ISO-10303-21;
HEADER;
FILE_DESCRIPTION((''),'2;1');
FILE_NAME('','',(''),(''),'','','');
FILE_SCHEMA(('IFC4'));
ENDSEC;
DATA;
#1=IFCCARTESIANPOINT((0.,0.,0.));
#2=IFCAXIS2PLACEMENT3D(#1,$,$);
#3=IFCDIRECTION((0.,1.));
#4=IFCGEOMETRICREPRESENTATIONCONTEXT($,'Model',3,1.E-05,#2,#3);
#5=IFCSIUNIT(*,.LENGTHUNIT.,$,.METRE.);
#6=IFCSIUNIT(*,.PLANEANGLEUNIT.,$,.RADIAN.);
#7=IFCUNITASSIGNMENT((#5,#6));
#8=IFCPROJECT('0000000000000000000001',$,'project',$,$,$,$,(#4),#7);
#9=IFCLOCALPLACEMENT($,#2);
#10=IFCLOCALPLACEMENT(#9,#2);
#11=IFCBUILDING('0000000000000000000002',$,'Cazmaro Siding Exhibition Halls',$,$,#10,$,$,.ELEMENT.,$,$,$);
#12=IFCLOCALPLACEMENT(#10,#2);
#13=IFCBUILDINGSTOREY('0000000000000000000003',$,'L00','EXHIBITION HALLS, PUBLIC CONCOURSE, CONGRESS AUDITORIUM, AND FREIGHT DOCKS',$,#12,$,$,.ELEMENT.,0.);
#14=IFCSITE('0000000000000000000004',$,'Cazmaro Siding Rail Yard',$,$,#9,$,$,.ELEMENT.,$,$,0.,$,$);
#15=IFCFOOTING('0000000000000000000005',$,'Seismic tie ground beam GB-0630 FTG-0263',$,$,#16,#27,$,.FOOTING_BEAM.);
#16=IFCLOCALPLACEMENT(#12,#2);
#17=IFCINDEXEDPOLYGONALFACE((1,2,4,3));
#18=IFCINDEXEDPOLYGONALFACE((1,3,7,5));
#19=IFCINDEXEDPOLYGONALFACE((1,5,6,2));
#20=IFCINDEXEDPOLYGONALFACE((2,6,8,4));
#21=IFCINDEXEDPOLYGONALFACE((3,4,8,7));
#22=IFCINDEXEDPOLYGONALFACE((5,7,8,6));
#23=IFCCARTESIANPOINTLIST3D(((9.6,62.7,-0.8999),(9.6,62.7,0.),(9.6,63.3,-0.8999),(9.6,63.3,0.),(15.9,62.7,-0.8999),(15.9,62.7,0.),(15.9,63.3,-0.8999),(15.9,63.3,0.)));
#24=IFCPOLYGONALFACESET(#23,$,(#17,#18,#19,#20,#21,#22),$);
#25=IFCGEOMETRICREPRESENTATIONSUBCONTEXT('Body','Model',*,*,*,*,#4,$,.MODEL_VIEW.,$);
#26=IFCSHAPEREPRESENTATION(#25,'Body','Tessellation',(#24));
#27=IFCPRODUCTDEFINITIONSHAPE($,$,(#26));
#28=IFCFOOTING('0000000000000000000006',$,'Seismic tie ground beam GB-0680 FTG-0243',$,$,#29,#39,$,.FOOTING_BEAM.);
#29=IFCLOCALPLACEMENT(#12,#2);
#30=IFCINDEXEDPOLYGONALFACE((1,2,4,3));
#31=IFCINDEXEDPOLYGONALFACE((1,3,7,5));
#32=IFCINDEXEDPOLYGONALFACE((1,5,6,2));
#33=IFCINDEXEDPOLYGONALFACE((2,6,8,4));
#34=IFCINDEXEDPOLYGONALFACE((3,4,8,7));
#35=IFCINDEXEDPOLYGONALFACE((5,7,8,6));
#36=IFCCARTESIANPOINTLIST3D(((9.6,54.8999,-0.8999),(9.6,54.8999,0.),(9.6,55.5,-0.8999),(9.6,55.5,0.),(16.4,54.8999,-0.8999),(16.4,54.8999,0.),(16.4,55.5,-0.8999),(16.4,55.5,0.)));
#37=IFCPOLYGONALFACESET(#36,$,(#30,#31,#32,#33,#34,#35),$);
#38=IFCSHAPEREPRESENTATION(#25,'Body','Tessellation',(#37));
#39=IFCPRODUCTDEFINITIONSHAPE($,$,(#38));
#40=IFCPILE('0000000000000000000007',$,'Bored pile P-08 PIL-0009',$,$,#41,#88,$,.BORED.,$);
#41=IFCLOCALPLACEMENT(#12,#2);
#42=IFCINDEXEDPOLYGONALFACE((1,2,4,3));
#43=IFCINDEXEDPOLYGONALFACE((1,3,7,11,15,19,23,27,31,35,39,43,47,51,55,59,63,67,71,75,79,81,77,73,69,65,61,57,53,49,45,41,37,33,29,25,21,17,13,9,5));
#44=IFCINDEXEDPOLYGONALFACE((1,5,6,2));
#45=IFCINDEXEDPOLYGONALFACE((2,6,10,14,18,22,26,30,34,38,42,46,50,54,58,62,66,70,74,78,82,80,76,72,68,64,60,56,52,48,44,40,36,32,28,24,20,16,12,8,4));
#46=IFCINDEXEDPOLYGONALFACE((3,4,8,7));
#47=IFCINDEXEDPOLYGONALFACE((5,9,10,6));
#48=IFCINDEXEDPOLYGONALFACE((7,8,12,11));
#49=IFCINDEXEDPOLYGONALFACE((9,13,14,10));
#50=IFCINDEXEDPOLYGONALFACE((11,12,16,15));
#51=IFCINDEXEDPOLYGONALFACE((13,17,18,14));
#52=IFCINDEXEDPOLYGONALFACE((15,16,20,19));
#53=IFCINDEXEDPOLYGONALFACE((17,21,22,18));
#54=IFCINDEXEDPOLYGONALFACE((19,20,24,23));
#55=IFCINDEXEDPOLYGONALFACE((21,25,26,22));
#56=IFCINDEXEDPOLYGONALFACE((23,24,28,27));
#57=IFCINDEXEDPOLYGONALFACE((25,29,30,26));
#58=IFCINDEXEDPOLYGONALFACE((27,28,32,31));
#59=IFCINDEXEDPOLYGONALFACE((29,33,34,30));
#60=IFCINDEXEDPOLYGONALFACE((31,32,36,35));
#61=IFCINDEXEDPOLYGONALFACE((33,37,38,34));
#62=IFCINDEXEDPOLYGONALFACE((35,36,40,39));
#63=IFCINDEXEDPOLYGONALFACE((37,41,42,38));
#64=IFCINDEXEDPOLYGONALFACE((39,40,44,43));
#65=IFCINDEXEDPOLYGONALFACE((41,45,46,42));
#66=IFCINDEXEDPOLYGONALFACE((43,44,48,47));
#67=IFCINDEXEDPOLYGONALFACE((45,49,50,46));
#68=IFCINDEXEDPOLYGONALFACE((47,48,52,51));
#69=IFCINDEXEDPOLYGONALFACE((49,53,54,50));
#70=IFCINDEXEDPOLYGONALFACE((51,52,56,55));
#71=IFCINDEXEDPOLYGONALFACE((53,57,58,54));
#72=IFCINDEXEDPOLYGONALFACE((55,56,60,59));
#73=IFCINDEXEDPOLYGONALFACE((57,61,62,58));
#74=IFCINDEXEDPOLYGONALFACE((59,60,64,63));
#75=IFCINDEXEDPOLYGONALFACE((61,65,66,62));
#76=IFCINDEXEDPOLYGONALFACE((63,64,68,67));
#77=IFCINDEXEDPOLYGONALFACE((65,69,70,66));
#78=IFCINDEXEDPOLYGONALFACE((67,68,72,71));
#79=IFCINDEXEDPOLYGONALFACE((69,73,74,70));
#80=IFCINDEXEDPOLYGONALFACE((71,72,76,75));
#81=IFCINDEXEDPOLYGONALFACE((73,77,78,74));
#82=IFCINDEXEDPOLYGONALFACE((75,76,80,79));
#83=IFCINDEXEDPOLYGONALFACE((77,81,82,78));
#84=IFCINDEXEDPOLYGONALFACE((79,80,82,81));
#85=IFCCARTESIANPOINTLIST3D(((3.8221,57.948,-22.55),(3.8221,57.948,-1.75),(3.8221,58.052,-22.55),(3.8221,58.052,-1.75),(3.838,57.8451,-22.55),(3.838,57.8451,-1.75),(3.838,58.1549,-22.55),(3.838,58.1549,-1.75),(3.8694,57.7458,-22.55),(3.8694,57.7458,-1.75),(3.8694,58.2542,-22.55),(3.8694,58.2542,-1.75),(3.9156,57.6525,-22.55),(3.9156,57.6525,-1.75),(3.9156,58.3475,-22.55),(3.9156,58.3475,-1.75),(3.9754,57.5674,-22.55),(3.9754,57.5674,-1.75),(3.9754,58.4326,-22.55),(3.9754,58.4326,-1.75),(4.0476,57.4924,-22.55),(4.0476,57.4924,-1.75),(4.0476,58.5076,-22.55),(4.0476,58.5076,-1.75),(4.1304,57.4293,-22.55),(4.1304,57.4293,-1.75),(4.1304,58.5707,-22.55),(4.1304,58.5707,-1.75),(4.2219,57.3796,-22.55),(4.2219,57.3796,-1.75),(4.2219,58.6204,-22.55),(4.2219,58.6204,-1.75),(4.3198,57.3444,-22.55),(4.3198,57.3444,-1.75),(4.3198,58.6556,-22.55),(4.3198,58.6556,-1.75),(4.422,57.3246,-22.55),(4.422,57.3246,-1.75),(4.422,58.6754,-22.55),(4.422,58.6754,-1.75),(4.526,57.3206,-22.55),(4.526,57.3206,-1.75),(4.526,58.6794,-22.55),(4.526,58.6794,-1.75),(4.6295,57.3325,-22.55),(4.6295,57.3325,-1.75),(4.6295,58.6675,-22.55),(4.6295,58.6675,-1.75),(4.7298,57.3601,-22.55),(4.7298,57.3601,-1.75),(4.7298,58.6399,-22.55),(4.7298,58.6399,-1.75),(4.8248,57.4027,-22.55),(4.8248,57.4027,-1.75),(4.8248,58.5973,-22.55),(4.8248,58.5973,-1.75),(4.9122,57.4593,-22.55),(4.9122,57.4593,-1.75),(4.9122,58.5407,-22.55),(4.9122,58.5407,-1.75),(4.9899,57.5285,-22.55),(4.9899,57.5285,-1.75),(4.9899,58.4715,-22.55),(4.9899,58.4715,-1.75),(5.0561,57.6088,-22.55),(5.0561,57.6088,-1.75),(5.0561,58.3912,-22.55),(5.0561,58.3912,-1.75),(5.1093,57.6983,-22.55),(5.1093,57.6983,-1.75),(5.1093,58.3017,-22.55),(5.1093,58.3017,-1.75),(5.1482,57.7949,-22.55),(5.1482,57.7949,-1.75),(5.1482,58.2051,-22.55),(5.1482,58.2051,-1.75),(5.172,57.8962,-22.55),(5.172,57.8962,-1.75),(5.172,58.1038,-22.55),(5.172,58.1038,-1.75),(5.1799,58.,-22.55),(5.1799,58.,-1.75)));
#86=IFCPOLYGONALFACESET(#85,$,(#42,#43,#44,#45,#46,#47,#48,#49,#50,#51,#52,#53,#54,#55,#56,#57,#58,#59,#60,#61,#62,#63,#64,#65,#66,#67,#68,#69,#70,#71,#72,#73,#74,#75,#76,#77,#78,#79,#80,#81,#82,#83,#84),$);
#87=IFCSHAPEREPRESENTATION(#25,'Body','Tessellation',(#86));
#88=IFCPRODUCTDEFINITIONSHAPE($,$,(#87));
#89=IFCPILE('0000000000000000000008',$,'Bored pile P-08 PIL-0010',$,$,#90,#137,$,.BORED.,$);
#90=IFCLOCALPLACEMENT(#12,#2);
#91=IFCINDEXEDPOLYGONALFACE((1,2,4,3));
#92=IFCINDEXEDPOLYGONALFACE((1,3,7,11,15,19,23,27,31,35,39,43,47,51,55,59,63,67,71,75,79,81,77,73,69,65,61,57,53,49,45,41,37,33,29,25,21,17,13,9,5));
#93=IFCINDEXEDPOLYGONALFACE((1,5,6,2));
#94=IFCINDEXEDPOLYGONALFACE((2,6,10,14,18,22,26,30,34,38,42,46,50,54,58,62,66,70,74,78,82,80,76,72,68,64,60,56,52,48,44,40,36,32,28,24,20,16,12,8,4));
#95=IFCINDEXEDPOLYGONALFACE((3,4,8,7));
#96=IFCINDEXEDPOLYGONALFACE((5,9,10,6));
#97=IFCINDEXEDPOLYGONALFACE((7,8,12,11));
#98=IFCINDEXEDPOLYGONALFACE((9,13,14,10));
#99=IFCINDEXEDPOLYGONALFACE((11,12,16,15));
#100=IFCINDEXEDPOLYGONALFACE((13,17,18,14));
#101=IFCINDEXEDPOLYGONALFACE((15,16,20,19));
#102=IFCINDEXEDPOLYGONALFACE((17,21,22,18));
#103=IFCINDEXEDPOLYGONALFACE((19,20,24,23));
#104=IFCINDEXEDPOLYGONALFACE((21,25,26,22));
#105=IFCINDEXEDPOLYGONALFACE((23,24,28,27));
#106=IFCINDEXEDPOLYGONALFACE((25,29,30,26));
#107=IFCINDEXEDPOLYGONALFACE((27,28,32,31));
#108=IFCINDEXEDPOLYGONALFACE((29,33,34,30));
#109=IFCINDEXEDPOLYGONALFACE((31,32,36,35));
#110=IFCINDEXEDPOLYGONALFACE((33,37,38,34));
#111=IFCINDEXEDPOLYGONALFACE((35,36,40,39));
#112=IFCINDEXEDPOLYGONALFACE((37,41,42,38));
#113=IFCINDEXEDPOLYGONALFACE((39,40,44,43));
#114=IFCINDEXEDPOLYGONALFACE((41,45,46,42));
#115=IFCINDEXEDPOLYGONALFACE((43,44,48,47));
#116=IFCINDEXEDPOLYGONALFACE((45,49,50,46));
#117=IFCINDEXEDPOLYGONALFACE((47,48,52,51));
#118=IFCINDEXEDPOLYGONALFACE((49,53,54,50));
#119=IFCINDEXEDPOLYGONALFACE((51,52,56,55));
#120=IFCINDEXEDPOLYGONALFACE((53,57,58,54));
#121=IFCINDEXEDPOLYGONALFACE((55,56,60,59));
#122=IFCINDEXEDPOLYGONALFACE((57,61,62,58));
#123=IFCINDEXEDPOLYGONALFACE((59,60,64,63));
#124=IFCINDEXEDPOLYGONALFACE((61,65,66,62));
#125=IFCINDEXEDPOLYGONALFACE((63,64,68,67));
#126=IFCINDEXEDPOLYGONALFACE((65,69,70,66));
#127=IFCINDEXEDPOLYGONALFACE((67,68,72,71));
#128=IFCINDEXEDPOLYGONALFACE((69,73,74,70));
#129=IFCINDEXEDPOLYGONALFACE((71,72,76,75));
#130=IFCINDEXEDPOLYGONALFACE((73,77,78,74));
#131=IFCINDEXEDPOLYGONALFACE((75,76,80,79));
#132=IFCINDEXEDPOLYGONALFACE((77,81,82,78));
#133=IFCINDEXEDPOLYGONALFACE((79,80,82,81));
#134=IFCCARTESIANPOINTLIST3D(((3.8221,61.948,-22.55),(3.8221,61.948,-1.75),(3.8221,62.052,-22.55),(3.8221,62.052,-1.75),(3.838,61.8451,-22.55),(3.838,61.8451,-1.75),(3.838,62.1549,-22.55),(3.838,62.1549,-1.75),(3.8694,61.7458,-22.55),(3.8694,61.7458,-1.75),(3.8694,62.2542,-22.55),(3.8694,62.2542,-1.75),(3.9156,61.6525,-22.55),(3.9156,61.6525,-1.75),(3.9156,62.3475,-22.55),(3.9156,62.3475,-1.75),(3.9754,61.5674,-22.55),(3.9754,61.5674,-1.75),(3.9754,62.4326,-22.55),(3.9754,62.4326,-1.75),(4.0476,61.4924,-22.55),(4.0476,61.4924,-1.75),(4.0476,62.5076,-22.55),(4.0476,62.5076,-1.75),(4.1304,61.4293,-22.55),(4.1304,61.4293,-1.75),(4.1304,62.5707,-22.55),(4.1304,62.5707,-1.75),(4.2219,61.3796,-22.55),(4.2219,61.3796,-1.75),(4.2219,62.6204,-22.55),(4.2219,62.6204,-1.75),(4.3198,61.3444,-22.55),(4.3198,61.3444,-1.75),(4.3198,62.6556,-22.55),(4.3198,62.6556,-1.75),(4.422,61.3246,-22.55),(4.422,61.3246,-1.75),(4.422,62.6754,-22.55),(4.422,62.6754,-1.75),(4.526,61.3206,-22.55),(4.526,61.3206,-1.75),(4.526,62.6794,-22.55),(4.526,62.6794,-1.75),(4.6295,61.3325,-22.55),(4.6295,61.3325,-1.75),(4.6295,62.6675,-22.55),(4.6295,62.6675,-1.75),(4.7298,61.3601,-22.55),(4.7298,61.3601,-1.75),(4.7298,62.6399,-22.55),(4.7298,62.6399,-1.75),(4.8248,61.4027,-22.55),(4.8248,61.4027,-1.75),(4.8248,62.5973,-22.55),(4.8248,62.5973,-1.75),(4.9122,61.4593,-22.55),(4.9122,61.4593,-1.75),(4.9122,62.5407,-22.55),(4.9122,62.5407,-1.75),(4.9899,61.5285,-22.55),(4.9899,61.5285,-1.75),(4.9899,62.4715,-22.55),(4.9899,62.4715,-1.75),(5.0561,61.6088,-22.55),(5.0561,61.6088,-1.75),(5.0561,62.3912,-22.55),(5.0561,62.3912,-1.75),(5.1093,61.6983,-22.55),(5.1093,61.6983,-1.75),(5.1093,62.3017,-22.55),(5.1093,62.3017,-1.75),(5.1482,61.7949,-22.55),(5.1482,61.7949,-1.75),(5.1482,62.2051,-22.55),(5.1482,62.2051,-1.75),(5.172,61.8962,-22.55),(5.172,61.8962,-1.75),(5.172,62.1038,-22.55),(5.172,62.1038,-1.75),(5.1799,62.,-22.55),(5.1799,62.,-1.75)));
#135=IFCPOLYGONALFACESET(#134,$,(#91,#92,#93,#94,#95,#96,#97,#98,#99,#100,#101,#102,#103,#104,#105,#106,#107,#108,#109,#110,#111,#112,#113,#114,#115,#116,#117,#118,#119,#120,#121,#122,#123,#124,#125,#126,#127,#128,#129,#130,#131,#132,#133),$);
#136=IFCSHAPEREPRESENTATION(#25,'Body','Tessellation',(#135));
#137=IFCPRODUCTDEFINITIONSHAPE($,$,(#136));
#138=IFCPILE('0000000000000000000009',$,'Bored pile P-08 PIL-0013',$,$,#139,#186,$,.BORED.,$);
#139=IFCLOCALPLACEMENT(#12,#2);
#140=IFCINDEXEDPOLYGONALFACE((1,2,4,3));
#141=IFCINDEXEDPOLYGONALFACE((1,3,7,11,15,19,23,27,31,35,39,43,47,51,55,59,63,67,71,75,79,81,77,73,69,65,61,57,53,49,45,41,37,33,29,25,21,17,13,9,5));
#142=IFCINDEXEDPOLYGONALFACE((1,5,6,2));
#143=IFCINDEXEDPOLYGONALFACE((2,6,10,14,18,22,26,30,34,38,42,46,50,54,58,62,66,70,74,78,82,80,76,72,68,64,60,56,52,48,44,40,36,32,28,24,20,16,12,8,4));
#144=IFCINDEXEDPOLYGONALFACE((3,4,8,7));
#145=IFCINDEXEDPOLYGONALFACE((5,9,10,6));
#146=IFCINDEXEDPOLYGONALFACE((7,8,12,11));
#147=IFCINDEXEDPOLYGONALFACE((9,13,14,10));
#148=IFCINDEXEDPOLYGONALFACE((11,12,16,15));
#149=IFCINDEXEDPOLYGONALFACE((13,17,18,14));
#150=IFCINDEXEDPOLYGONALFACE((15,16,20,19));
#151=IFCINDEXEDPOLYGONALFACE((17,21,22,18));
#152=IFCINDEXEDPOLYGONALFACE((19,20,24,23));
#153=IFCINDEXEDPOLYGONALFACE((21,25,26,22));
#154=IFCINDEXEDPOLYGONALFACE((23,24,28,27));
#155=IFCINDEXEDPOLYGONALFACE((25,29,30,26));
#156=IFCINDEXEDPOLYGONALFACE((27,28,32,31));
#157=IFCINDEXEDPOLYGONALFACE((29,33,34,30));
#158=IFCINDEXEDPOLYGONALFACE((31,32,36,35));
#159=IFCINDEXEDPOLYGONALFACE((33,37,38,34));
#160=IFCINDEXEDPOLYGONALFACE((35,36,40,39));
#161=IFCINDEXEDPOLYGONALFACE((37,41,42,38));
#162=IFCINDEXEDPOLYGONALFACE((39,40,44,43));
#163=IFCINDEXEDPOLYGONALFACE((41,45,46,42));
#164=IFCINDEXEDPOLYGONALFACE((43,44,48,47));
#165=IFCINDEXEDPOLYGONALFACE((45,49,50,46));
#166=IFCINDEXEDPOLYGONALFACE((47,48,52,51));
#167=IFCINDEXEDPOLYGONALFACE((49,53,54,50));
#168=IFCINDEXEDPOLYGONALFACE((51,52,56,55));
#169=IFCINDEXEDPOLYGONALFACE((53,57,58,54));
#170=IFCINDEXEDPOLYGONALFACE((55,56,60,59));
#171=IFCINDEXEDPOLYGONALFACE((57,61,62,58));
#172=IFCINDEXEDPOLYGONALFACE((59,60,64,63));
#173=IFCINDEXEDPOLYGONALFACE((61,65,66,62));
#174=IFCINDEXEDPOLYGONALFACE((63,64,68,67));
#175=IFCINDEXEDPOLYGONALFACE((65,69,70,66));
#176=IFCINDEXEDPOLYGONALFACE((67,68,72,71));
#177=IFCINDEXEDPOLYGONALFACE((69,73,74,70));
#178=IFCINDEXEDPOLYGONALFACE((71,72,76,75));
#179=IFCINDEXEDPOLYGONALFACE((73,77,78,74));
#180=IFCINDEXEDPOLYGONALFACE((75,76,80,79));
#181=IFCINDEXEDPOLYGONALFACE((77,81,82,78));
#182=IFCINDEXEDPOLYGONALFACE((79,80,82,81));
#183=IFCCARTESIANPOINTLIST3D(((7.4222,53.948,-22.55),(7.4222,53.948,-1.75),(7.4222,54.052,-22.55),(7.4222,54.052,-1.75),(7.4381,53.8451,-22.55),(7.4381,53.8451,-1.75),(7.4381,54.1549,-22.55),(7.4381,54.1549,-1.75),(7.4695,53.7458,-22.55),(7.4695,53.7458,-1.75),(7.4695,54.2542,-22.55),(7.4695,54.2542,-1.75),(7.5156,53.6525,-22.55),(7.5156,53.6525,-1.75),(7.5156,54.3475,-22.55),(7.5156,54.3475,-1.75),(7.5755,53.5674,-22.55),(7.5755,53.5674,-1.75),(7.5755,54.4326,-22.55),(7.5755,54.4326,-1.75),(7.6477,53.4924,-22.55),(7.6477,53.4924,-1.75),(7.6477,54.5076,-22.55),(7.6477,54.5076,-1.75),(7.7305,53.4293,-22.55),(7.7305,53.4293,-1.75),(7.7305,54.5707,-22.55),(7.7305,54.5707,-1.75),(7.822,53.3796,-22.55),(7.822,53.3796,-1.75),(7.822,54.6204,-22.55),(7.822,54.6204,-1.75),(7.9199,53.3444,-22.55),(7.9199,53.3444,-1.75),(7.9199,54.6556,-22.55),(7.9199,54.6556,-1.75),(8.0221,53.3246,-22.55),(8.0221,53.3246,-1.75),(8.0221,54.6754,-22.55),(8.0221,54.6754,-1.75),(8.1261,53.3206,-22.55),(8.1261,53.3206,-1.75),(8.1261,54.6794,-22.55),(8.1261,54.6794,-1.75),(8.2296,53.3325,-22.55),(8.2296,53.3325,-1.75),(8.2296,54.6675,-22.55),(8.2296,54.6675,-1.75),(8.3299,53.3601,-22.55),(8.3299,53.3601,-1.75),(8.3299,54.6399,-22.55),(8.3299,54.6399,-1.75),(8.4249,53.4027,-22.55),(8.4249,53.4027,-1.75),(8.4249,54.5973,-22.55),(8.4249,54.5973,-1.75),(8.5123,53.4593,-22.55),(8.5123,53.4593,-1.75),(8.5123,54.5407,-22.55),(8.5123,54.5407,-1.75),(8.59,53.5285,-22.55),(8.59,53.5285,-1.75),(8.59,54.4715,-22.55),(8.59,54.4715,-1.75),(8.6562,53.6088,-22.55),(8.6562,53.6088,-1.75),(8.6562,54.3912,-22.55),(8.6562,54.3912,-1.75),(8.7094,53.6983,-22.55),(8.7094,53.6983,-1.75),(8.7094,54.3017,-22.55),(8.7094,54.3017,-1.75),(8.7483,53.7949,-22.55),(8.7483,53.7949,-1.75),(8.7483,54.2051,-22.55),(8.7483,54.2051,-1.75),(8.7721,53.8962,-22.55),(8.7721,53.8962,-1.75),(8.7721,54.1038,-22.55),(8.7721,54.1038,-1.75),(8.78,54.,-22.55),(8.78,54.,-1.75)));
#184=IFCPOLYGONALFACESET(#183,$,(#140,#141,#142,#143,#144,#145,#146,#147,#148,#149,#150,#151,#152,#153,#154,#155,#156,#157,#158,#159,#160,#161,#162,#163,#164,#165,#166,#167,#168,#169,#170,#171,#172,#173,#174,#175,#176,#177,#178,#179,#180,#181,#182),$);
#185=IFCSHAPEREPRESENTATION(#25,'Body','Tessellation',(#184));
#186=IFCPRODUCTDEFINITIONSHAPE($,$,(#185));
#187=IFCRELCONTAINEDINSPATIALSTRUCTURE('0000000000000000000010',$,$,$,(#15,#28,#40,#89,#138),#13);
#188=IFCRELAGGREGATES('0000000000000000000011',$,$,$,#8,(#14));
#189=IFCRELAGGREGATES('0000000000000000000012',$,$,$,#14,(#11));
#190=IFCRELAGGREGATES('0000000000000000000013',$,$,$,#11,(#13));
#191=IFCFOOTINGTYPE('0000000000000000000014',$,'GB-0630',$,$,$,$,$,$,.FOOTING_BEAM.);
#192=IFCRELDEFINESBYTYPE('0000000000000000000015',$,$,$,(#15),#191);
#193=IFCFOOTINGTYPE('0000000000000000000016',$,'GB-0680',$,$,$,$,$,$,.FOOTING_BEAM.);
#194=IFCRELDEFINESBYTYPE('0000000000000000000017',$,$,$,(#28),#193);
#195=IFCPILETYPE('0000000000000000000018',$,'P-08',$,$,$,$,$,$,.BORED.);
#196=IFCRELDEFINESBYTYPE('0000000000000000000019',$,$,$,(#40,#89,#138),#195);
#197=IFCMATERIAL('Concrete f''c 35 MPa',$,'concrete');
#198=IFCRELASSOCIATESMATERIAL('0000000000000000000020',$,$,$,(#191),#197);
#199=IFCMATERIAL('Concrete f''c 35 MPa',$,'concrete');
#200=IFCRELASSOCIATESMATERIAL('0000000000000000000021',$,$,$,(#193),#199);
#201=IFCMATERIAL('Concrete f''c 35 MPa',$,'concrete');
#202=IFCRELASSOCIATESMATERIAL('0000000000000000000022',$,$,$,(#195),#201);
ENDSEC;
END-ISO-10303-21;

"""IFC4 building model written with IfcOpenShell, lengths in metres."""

from ifc_helpers import new_model, si_unit, direction, frame, origin, origin_2d, place, context, subcontext, project, spatial, rectangle, circle, extrude, material, material_profile, profile_set, type_object, element, save


model = new_model("IFC4")

# Units and contexts
model_context = context("Model", 3, precision=1e-05, world=origin(), true_north=direction((0.0, 1.0)))
body_context = subcontext(model_context, "Body", "Model", "MODEL_VIEW")
ifc_project = project(units=[si_unit("LENGTHUNIT", "METRE"), si_unit("PLANEANGLEUNIT", "RADIAN")], contexts=[model_context])

# Site, building, storey
site_placement = place(None, origin())
site = spatial("IfcSite", under=ifc_project, at=site_placement, Name="Cazmaro Siding Rail Yard", CompositionType="ELEMENT", RefElevation=0.0)
building_placement = place(site_placement, origin())
building = spatial("IfcBuilding", under=site, at=building_placement, Name="Cazmaro Siding Exhibition Halls", CompositionType="ELEMENT")
storey_placement = place(building_placement, origin())
storey = spatial("IfcBuildingStorey", under=building, at=storey_placement, Name="L00", Description="EXHIBITION HALLS, PUBLIC CONCOURSE, CONGRESS AUDITORIUM, AND FREIGHT DOCKS", CompositionType="ELEMENT", Elevation=0.0)

# Footings
ifc_material_1 = material(Name="Concrete f'c 35 MPa", Category="concrete")
footing_type_1 = type_object("IfcFootingType", Name="GB-0630", PredefinedType="FOOTING_BEAM", material=ifc_material_1)
footing_1_placement = place(storey_placement, frame((12.75, 63.0, -0.8999), z_axis=(0.0, 0.0, 1.0), x_axis=(1.0, 0.0, 0.0)))
element("IfcFooting", 1, at=footing_1_placement, inside=storey, type_object=footing_type_1, Name="Seismic tie ground beam GB-0630 FTG-0263", PredefinedType="FOOTING_BEAM", context=body_context, shape_type="SweptSolid", body=[
    extrude(rectangle(XDim=6.3, YDim=0.6001, at=origin_2d()), origin(), (0.0, 0.0, 1.0), 0.8999),
])
ifc_material_2 = material(Name="Concrete f'c 35 MPa", Category="concrete")
footing_type_2 = type_object("IfcFootingType", Name="GB-0680", PredefinedType="FOOTING_BEAM", material=ifc_material_2)
footing_2_placement = place(storey_placement, frame((13.0, 55.2, -0.8999), z_axis=(0.0, 0.0, 1.0), x_axis=(1.0, 0.0, 0.0)))
element("IfcFooting", 2, at=footing_2_placement, inside=storey, type_object=footing_type_2, Name="Seismic tie ground beam GB-0680 FTG-0243", PredefinedType="FOOTING_BEAM", context=body_context, shape_type="SweptSolid", body=[
    extrude(rectangle(XDim=6.8, YDim=0.6001, at=origin_2d()), origin(), (0.0, 0.0, 1.0), 0.8999),
])

# Piles
ifc_material_3 = material(Name="Concrete f'c 35 MPa", Category="concrete")
ifc_material_profile_1 = material_profile(ifc_material_3, circle(Radius=0.6799, at=origin_2d()), Name="CIDH-1360")
ifc_profile_set_1 = profile_set([ifc_material_profile_1], Name="Concrete f'c 35 MPa")
pile_type = type_object("IfcPileType", Name="P-08", PredefinedType="BORED", material=ifc_profile_set_1)
for number, where, z_axis, x_axis, name in (
    (3, (4.5, 58.0, -1.75), (0.0, 0.0, -1.0), (1.0, 0.0, 0.0), "Bored pile P-08 PIL-0009"),
    (4, (4.5, 62.0, -1.75), (0.0, 0.0, -1.0), (1.0, 0.0, 0.0), "Bored pile P-08 PIL-0010"),
    (5, (8.1001, 54.0, -1.75), (0.0, 0.0, -1.0), (1.0, 0.0, 0.0), "Bored pile P-08 PIL-0013"),
):
    element("IfcPile", number, at=place(storey_placement, frame(where, z_axis=z_axis, x_axis=x_axis)), inside=storey, type_object=pile_type, Name=name, PredefinedType="BORED", context=body_context, shape_type="SweptSolid", body=[
        extrude(circle(Radius=0.6799, at=origin_2d()), origin(), (0.0, 0.0, 1.0), 20.8),
    ])

save(model, "model.ifc")
